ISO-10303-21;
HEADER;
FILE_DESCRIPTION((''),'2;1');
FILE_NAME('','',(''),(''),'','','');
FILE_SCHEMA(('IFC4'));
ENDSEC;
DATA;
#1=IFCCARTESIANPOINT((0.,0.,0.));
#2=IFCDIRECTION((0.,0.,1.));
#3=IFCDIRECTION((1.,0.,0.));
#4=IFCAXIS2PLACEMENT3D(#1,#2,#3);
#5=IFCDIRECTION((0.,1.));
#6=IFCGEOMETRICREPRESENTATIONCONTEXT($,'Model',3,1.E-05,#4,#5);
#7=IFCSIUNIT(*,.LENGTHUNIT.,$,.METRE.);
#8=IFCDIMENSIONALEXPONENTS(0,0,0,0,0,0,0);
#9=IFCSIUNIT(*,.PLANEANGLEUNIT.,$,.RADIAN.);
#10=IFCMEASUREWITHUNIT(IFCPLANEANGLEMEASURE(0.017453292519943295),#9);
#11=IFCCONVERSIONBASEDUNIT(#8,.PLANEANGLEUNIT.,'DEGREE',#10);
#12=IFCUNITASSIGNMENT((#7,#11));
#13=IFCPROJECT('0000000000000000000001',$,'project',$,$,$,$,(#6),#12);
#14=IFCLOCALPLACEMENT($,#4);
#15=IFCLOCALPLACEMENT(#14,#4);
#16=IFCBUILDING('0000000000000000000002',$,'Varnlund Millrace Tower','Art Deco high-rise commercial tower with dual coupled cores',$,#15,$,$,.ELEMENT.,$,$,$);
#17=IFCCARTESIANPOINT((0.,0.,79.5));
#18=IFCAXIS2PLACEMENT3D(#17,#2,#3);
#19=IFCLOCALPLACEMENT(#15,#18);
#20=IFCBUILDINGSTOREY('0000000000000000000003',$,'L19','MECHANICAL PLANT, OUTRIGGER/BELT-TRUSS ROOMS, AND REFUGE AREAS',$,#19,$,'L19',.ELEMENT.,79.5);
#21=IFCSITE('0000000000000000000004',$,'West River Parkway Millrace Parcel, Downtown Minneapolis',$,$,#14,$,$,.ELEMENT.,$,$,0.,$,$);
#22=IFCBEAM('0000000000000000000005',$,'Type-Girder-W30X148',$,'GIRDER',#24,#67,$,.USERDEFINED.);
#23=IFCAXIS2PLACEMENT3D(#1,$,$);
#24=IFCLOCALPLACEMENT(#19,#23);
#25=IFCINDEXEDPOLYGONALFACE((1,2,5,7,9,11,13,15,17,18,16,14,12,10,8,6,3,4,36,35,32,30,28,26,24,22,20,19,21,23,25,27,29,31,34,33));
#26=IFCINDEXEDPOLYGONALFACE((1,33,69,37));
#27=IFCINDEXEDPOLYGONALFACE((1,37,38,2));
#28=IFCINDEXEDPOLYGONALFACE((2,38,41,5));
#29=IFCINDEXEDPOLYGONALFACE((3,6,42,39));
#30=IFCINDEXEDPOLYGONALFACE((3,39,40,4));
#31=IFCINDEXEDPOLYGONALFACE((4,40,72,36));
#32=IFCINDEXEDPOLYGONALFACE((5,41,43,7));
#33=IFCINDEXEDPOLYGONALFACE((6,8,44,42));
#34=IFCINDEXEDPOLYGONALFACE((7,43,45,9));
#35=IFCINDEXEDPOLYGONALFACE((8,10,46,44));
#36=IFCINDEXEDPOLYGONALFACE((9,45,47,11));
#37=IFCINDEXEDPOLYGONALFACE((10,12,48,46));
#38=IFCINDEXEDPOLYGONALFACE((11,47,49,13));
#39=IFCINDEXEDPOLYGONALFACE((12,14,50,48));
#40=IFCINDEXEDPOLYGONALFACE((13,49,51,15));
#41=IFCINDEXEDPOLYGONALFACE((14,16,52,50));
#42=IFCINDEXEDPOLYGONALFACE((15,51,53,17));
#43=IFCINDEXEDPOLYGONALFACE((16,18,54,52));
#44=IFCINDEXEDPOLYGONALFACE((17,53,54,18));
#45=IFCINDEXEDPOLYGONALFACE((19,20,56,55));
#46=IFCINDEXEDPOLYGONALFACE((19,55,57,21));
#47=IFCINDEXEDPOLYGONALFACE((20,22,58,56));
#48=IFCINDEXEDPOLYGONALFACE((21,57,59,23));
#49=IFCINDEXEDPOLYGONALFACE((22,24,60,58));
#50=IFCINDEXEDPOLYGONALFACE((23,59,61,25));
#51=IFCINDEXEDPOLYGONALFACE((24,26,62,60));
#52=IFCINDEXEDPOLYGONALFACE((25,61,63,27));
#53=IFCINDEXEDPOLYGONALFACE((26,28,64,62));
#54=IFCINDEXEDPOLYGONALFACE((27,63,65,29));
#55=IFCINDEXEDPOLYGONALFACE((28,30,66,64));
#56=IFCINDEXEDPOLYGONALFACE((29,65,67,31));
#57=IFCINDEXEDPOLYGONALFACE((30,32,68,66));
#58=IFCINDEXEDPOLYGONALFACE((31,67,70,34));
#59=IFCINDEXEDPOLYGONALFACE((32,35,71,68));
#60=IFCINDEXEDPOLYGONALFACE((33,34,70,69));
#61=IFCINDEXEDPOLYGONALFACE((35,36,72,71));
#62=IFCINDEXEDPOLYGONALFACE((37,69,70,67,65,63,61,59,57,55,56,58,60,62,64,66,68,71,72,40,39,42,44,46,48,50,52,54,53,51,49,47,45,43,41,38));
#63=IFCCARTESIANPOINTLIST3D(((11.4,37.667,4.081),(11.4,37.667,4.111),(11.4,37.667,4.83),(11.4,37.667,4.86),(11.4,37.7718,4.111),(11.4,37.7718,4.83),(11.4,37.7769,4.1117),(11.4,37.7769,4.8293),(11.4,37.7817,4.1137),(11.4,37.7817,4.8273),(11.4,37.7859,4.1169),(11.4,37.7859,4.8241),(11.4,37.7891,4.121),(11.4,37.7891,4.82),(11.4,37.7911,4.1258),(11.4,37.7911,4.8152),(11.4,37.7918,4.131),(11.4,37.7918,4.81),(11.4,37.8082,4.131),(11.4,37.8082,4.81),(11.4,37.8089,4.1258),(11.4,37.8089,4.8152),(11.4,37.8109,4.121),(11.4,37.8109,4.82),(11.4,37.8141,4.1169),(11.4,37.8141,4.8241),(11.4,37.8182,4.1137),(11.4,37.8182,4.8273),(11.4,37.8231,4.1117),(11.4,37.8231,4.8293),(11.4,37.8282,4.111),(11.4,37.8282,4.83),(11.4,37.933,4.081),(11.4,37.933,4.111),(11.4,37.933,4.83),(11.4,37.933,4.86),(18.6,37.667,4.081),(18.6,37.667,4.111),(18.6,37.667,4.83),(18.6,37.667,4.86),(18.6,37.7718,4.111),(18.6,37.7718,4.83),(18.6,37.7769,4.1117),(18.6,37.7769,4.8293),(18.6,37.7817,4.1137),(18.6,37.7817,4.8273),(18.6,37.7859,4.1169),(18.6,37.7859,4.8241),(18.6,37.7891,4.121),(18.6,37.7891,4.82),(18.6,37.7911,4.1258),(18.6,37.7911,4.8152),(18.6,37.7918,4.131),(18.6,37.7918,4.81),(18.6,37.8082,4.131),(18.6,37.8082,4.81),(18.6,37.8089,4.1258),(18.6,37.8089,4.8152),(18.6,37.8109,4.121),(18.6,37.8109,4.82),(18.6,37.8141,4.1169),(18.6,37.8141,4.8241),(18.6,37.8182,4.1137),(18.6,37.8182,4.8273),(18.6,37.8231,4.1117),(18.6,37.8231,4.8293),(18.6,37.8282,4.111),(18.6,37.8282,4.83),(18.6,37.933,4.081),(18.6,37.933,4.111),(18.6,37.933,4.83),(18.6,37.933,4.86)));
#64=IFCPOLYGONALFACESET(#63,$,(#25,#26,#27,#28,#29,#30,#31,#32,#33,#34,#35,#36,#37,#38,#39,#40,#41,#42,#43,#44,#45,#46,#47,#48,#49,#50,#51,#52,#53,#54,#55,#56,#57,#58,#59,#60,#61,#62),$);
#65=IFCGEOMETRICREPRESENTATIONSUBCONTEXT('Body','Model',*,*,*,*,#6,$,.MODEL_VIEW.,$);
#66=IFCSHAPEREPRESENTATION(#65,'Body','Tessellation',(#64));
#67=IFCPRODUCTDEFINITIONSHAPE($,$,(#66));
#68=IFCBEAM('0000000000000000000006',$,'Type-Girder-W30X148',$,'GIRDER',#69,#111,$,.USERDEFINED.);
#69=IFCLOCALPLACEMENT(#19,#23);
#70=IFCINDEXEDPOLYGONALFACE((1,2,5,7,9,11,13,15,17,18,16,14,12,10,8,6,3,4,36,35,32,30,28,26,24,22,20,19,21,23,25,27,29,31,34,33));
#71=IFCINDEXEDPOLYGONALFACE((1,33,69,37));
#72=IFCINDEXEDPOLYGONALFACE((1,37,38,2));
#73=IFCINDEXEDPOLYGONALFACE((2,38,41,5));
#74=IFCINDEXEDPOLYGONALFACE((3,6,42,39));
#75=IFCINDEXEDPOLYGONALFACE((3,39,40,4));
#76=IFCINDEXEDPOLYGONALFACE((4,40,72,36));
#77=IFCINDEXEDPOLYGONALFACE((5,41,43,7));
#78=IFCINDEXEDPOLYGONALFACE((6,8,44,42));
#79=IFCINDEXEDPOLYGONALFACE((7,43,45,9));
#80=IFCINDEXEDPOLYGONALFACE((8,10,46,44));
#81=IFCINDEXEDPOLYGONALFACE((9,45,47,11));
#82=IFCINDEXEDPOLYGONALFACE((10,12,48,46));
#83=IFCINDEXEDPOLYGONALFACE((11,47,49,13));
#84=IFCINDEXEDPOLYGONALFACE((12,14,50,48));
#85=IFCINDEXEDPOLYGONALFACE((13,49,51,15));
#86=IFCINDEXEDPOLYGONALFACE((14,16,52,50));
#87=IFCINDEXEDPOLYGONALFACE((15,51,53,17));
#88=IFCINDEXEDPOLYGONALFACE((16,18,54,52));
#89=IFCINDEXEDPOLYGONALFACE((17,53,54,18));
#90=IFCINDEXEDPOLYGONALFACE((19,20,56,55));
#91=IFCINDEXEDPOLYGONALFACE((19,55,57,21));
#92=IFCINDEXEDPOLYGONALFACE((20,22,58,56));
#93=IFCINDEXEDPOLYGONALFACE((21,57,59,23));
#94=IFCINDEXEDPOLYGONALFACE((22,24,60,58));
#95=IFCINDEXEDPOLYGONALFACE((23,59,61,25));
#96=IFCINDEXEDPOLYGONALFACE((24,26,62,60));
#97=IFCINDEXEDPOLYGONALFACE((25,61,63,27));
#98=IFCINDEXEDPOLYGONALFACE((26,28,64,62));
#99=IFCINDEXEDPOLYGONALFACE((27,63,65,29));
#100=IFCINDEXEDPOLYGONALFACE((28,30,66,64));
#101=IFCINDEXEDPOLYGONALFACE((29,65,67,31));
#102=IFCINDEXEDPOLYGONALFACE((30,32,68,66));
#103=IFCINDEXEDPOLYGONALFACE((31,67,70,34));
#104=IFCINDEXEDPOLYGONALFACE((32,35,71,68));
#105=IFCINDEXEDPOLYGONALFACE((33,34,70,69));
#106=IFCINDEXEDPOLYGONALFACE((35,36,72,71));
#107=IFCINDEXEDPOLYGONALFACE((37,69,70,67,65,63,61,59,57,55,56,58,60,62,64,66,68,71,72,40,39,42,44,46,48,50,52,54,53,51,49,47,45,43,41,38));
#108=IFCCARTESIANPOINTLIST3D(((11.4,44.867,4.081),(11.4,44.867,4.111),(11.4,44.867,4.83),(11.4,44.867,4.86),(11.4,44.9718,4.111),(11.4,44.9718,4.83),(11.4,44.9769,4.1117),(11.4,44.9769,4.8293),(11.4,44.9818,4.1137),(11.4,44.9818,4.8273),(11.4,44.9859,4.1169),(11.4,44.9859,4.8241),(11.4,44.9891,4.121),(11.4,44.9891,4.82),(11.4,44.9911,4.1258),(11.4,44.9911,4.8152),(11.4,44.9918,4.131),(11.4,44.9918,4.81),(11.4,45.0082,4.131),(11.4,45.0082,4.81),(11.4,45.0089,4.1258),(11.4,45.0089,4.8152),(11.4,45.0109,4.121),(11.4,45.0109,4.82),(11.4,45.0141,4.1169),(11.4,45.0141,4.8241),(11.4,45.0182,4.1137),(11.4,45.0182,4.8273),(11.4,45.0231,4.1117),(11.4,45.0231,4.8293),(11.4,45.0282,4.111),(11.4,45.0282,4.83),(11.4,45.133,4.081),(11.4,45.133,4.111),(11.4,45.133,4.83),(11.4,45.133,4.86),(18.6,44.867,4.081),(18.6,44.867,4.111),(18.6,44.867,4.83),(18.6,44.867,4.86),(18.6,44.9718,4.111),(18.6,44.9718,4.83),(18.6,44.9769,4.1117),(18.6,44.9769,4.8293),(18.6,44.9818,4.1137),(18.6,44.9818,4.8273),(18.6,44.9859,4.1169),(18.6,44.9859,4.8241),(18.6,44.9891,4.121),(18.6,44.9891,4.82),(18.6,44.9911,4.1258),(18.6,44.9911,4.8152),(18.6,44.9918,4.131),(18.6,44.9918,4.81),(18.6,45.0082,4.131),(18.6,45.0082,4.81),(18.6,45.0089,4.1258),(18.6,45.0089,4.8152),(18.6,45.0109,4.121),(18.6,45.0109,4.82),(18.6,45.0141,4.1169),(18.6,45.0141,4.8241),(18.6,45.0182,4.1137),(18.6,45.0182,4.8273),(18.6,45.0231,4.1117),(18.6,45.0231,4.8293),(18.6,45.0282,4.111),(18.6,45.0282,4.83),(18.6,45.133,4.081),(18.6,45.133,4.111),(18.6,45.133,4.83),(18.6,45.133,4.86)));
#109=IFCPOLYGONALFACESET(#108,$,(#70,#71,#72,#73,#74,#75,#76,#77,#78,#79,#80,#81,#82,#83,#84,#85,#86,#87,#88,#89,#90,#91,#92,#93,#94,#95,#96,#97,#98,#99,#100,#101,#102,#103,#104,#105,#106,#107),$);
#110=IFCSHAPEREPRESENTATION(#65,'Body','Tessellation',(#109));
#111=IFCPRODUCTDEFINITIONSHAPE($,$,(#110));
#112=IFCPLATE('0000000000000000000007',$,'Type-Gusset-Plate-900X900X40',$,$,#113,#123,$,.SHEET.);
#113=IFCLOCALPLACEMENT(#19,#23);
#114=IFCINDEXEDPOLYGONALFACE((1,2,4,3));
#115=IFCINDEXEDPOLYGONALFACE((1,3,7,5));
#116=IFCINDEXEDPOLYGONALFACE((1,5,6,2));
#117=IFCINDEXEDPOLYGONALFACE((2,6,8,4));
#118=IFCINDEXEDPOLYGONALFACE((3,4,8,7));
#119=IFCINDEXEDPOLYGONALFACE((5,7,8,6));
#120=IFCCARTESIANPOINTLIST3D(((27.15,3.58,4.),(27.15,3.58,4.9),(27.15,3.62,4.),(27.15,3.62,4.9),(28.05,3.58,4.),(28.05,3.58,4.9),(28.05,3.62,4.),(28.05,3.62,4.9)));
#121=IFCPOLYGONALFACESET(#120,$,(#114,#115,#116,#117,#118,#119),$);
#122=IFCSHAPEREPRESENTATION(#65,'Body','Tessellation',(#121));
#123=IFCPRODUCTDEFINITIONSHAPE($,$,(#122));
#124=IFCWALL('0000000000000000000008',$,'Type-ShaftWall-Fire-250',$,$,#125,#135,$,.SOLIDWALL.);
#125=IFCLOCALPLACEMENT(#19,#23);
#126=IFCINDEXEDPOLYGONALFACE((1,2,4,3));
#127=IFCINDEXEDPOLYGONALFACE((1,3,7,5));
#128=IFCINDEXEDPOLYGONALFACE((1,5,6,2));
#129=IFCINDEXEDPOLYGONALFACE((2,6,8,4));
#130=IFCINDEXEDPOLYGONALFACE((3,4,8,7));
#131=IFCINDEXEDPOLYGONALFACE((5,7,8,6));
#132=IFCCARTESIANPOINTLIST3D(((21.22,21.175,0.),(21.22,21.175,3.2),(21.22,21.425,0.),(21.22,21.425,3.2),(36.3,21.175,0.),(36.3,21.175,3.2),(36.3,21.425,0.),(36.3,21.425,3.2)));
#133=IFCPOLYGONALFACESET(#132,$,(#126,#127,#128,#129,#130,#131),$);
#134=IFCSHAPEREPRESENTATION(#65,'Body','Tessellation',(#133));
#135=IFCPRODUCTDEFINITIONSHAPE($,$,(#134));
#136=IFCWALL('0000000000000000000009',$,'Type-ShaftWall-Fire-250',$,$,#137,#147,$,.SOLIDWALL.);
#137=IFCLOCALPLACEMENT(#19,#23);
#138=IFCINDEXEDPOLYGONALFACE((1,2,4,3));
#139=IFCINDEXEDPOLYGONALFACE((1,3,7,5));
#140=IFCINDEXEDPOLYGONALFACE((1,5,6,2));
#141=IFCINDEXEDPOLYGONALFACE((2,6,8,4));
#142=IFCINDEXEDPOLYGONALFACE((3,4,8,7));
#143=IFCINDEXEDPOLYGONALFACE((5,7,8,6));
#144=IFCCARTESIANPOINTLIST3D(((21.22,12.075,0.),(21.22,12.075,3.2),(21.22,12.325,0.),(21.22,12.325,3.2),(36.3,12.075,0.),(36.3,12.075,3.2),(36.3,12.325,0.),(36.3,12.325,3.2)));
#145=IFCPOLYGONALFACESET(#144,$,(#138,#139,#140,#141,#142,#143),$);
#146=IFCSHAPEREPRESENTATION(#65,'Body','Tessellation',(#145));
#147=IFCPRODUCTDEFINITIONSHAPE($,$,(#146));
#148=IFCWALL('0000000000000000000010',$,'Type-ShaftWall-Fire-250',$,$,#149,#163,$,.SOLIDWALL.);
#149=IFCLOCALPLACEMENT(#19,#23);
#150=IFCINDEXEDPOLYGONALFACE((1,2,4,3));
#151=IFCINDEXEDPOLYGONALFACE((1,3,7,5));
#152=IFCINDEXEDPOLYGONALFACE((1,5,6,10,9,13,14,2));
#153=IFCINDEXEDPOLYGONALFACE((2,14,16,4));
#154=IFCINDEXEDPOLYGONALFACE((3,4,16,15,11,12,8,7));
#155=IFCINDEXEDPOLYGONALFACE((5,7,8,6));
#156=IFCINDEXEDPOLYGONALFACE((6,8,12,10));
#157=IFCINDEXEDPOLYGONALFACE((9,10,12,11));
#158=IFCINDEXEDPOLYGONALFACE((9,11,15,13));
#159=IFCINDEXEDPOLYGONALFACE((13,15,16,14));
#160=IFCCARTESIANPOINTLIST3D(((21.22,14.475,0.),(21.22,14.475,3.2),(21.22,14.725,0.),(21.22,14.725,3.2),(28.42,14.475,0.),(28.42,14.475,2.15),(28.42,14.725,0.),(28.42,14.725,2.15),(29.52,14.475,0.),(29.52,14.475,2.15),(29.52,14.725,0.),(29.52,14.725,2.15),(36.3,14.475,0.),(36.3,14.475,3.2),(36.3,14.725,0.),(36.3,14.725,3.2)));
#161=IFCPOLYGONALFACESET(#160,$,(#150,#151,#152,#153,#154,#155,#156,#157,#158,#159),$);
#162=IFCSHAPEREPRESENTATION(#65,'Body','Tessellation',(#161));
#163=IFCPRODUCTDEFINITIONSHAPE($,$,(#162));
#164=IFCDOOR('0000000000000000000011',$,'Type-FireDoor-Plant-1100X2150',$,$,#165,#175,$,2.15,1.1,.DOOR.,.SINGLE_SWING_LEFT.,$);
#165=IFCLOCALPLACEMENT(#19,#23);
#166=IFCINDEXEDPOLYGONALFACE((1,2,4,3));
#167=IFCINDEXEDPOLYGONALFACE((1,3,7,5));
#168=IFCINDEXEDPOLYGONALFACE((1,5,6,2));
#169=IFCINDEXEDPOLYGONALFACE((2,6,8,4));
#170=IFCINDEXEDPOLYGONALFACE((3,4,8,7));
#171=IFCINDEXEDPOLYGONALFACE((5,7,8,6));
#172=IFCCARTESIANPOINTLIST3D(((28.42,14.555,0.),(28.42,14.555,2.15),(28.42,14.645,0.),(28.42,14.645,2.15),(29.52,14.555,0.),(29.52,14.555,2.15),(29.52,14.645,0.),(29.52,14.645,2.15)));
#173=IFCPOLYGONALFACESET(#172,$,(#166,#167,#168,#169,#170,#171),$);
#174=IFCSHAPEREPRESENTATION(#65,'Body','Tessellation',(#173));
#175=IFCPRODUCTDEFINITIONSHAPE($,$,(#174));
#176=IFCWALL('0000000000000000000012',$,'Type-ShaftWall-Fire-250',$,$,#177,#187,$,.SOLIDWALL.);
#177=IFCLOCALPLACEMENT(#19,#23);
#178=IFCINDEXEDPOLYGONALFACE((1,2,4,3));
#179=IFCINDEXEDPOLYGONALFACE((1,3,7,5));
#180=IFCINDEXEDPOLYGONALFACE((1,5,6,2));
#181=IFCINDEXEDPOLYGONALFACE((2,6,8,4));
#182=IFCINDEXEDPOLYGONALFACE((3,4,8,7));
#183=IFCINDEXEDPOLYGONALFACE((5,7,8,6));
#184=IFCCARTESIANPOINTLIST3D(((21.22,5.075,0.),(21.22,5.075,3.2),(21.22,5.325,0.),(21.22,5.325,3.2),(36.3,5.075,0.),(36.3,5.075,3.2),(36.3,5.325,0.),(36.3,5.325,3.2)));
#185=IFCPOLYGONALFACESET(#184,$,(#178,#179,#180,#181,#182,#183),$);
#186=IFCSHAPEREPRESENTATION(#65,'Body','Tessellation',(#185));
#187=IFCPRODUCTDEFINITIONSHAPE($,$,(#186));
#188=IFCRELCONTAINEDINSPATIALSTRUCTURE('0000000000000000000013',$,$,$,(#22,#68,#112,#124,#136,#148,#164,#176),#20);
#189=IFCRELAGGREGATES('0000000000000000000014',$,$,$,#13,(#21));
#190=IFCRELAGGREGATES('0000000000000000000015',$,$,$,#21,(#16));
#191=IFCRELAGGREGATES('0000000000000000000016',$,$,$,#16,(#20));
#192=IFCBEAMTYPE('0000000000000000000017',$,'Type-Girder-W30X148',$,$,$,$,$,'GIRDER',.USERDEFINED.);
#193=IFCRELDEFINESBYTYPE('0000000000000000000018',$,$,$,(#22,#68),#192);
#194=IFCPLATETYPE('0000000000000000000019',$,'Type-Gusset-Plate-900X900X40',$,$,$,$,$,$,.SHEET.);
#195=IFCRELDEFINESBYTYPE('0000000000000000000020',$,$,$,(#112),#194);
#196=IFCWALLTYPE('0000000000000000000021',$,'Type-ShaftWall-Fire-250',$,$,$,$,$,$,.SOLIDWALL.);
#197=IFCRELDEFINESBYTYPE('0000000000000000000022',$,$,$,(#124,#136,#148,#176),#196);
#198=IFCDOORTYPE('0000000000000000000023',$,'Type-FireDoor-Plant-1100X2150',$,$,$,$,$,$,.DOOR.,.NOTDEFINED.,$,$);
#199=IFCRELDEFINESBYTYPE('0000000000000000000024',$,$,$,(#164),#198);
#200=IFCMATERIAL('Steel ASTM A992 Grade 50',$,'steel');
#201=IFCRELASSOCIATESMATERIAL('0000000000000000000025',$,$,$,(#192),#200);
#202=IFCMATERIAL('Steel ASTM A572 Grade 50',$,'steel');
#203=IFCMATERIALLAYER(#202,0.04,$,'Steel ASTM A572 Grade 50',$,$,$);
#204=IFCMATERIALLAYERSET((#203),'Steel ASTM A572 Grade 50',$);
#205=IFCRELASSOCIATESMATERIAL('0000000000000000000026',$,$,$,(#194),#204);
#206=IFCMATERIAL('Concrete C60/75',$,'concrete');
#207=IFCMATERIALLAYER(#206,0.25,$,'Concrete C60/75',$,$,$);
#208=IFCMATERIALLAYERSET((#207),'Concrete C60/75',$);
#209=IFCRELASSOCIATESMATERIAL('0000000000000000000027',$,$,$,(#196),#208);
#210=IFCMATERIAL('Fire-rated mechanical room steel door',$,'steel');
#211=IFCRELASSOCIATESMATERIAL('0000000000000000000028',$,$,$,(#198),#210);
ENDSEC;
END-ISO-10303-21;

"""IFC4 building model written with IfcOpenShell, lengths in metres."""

from ifc_helpers import new_model, entity, si_unit, converted_unit, direction, frame, origin_with_axes, origin_2d_with_axis, place, context, subcontext, project, spatial, polyline, rectangle, i_section, outline, extrude, material, layer, layer_set, material_profile, profile_set, type_object, element, fill, save


model = new_model("IFC4")

# Units and contexts
model_context = context("Model", 3, precision=1e-05, world=origin_with_axes(), true_north=direction((0.0, 1.0)))
body_context = subcontext(model_context, "Body", "Model", "MODEL_VIEW")
ifc_project = project(units=[si_unit("LENGTHUNIT", "METRE"), converted_unit("PLANEANGLEUNIT", "DEGREE", entity("IfcPlaneAngleMeasure", 0.017453292519943295), si_unit("PLANEANGLEUNIT", "RADIAN"), dimensions=[0, 0, 0, 0, 0, 0, 0])], contexts=[model_context])

# Site, building, storey
site_placement = place(None, origin_with_axes())
site = spatial("IfcSite", under=ifc_project, at=site_placement, Name="West River Parkway Millrace Parcel, Downtown Minneapolis", CompositionType="ELEMENT", RefElevation=0.0)
building_placement = place(site_placement, origin_with_axes())
building = spatial("IfcBuilding", under=site, at=building_placement, Name="Varnlund Millrace Tower", Description="Art Deco high-rise commercial tower with dual coupled cores", CompositionType="ELEMENT")
storey_placement = place(building_placement, frame((0.0, 0.0, 79.5), z_axis=(0.0, 0.0, 1.0), x_axis=(1.0, 0.0, 0.0)))
storey = spatial("IfcBuildingStorey", under=building, at=storey_placement, Name="L19", Description="MECHANICAL PLANT, OUTRIGGER/BELT-TRUSS ROOMS, AND REFUGE AREAS", LongName="L19", CompositionType="ELEMENT", Elevation=79.5)

# Beams
ifc_material_1 = material(Name="Steel ASTM A992 Grade 50", Category="steel")
ifc_material_profile_1 = material_profile(ifc_material_1, i_section(OverallWidth=0.266, OverallDepth=0.779, WebThickness=0.0165, FlangeThickness=0.03, FilletRadius=0.02, at=origin_2d_with_axis()), Name="Steel ASTM A992 Grade 50")
ifc_profile_set_1 = profile_set([ifc_material_profile_1], Name="Steel ASTM A992 Grade 50")
beam_type_1 = type_object("IfcBeamType", Name="Type-Girder-W30X148", ElementType="GIRDER", PredefinedType="USERDEFINED", material=ifc_profile_set_1)
for number, where, z_axis, x_axis, name in (
    (1, (11.4, 37.8, 4.4705), (1.0, 0.0, 0.0), (0.0, 1.0, 0.0), "Type-Girder-W30X148"),
    (2, (11.4, 45.0, 4.4705), (1.0, 0.0, 0.0), (0.0, 1.0, 0.0), "Type-Girder-W30X148"),
):
    element("IfcBeam", number, at=place(storey_placement, frame(where, z_axis=z_axis, x_axis=x_axis)), inside=storey, type_object=beam_type_1, Name=name, ObjectType="GIRDER", PredefinedType="USERDEFINED", context=body_context, shape_type="SweptSolid", body=[
        extrude(i_section(OverallWidth=0.266, OverallDepth=0.779, WebThickness=0.0165, FlangeThickness=0.03, FilletRadius=0.02, at=origin_2d_with_axis()), origin_with_axes(), (0.0, 0.0, 1.0), 7.2),
    ])

# Plate
ifc_material_2 = material(Name="Steel ASTM A572 Grade 50", Category="steel")
ifc_layer_1 = layer(ifc_material_2, 0.04, Name="Steel ASTM A572 Grade 50")
ifc_layer_set_1 = layer_set([ifc_layer_1], Name="Steel ASTM A572 Grade 50")
plate_type = type_object("IfcPlateType", Name="Type-Gusset-Plate-900X900X40", PredefinedType="SHEET", material=ifc_layer_set_1)
plate_placement = place(storey_placement, frame((27.6, 3.6, 4.0), z_axis=(0.0, 0.0, 1.0), x_axis=(1.0, 0.0, 0.0)))
element("IfcPlate", 3, at=plate_placement, inside=storey, type_object=plate_type, Name="Type-Gusset-Plate-900X900X40", PredefinedType="SHEET", context=body_context, shape_type="SweptSolid", body=[
    extrude(rectangle(XDim=0.9, YDim=0.04, at=origin_2d_with_axis()), origin_with_axes(), (0.0, 0.0, 1.0), 0.9),
])

# Walls
ifc_material_3 = material(Name="Concrete C60/75", Category="concrete")
ifc_layer_2 = layer(ifc_material_3, 0.25, Name="Concrete C60/75")
ifc_layer_set_2 = layer_set([ifc_layer_2], Name="Concrete C60/75")
wall_type = type_object("IfcWallType", Name="Type-ShaftWall-Fire-250", PredefinedType="SOLIDWALL", material=ifc_layer_set_2)
for number, where, z_axis, x_axis, name in (
    (4, (21.22, 21.3, 0.0), (0.0, 0.0, 1.0), (1.0, 0.0, 0.0), "Type-ShaftWall-Fire-250"),
    (5, (21.22, 12.2, 0.0), (0.0, 0.0, 1.0), (1.0, 0.0, 0.0), "Type-ShaftWall-Fire-250"),
):
    element("IfcWall", number, at=place(storey_placement, frame(where, z_axis=z_axis, x_axis=x_axis)), inside=storey, type_object=wall_type, Name=name, PredefinedType="SOLIDWALL", context=body_context, shape_type="SweptSolid", body=[
        extrude(outline(polyline([(0.0, -0.125), (15.08, -0.125), (15.08, 0.125), (0.0, 0.125), (0.0, -0.125)])), origin_with_axes(), (0.0, 0.0, 1.0), 3.2),
    ])

# Wall, opening, door
wall_1_placement = place(storey_placement, frame((21.22, 14.6, 0.0), z_axis=(0.0, 0.0, 1.0), x_axis=(1.0, 0.0, 0.0)))
wall_1 = element("IfcWall", 6, at=wall_1_placement, inside=storey, type_object=wall_type, Name="Type-ShaftWall-Fire-250", PredefinedType="SOLIDWALL", context=body_context, shape_type="SweptSolid", body=[
    extrude(outline(polyline([(0.0, -0.125), (15.08, -0.125), (15.08, 0.125), (0.0, 0.125), (0.0, -0.125)])), origin_with_axes(), (0.0, 0.0, 1.0), 3.2),
])
opening_placement = place(wall_1_placement, frame((7.75, 0.0, 0.0), z_axis=(0.0, 0.0, 1.0), x_axis=(1.0, 0.0, 0.0)))
opening = element("IfcOpeningElement", 7, at=opening_placement, cuts=wall_1, PredefinedType="OPENING", context=body_context, shape_type="SweptSolid", body=[
    extrude(rectangle(XDim=1.1, YDim=0.27, at=origin_2d_with_axis()), origin_with_axes(), (0.0, 0.0, 1.0), 2.15),
])
ifc_material_4 = material(Name="Fire-rated mechanical room steel door", Category="steel")
door_type = type_object("IfcDoorType", Name="Type-FireDoor-Plant-1100X2150", OperationType="NOTDEFINED", PredefinedType="DOOR", material=ifc_material_4)
door_placement = place(wall_1_placement, frame((7.75, 0.0, 0.0), z_axis=(0.0, 0.0, 1.0), x_axis=(1.0, 0.0, 0.0)))
door = element("IfcDoor", 8, at=door_placement, inside=storey, type_object=door_type, Name="Type-FireDoor-Plant-1100X2150", OperationType="SINGLE_SWING_LEFT", OverallHeight=2.15, OverallWidth=1.1, PredefinedType="DOOR", context=body_context, shape_type="SweptSolid", body=[
    extrude(rectangle(XDim=1.1, YDim=0.09, at=origin_2d_with_axis()), origin_with_axes(), (0.0, 0.0, 1.0), 2.15),
])
fill(opening, door)

# Wall
wall_2_placement = place(storey_placement, frame((21.22, 5.2, 0.0), z_axis=(0.0, 0.0, 1.0), x_axis=(1.0, 0.0, 0.0)))
element("IfcWall", 9, at=wall_2_placement, inside=storey, type_object=wall_type, Name="Type-ShaftWall-Fire-250", PredefinedType="SOLIDWALL", context=body_context, shape_type="SweptSolid", body=[
    extrude(outline(polyline([(0.0, -0.125), (15.08, -0.125), (15.08, 0.125), (0.0, 0.125), (0.0, -0.125)])), origin_with_axes(), (0.0, 0.0, 1.0), 3.2),
])

save(model, "model.ifc")
